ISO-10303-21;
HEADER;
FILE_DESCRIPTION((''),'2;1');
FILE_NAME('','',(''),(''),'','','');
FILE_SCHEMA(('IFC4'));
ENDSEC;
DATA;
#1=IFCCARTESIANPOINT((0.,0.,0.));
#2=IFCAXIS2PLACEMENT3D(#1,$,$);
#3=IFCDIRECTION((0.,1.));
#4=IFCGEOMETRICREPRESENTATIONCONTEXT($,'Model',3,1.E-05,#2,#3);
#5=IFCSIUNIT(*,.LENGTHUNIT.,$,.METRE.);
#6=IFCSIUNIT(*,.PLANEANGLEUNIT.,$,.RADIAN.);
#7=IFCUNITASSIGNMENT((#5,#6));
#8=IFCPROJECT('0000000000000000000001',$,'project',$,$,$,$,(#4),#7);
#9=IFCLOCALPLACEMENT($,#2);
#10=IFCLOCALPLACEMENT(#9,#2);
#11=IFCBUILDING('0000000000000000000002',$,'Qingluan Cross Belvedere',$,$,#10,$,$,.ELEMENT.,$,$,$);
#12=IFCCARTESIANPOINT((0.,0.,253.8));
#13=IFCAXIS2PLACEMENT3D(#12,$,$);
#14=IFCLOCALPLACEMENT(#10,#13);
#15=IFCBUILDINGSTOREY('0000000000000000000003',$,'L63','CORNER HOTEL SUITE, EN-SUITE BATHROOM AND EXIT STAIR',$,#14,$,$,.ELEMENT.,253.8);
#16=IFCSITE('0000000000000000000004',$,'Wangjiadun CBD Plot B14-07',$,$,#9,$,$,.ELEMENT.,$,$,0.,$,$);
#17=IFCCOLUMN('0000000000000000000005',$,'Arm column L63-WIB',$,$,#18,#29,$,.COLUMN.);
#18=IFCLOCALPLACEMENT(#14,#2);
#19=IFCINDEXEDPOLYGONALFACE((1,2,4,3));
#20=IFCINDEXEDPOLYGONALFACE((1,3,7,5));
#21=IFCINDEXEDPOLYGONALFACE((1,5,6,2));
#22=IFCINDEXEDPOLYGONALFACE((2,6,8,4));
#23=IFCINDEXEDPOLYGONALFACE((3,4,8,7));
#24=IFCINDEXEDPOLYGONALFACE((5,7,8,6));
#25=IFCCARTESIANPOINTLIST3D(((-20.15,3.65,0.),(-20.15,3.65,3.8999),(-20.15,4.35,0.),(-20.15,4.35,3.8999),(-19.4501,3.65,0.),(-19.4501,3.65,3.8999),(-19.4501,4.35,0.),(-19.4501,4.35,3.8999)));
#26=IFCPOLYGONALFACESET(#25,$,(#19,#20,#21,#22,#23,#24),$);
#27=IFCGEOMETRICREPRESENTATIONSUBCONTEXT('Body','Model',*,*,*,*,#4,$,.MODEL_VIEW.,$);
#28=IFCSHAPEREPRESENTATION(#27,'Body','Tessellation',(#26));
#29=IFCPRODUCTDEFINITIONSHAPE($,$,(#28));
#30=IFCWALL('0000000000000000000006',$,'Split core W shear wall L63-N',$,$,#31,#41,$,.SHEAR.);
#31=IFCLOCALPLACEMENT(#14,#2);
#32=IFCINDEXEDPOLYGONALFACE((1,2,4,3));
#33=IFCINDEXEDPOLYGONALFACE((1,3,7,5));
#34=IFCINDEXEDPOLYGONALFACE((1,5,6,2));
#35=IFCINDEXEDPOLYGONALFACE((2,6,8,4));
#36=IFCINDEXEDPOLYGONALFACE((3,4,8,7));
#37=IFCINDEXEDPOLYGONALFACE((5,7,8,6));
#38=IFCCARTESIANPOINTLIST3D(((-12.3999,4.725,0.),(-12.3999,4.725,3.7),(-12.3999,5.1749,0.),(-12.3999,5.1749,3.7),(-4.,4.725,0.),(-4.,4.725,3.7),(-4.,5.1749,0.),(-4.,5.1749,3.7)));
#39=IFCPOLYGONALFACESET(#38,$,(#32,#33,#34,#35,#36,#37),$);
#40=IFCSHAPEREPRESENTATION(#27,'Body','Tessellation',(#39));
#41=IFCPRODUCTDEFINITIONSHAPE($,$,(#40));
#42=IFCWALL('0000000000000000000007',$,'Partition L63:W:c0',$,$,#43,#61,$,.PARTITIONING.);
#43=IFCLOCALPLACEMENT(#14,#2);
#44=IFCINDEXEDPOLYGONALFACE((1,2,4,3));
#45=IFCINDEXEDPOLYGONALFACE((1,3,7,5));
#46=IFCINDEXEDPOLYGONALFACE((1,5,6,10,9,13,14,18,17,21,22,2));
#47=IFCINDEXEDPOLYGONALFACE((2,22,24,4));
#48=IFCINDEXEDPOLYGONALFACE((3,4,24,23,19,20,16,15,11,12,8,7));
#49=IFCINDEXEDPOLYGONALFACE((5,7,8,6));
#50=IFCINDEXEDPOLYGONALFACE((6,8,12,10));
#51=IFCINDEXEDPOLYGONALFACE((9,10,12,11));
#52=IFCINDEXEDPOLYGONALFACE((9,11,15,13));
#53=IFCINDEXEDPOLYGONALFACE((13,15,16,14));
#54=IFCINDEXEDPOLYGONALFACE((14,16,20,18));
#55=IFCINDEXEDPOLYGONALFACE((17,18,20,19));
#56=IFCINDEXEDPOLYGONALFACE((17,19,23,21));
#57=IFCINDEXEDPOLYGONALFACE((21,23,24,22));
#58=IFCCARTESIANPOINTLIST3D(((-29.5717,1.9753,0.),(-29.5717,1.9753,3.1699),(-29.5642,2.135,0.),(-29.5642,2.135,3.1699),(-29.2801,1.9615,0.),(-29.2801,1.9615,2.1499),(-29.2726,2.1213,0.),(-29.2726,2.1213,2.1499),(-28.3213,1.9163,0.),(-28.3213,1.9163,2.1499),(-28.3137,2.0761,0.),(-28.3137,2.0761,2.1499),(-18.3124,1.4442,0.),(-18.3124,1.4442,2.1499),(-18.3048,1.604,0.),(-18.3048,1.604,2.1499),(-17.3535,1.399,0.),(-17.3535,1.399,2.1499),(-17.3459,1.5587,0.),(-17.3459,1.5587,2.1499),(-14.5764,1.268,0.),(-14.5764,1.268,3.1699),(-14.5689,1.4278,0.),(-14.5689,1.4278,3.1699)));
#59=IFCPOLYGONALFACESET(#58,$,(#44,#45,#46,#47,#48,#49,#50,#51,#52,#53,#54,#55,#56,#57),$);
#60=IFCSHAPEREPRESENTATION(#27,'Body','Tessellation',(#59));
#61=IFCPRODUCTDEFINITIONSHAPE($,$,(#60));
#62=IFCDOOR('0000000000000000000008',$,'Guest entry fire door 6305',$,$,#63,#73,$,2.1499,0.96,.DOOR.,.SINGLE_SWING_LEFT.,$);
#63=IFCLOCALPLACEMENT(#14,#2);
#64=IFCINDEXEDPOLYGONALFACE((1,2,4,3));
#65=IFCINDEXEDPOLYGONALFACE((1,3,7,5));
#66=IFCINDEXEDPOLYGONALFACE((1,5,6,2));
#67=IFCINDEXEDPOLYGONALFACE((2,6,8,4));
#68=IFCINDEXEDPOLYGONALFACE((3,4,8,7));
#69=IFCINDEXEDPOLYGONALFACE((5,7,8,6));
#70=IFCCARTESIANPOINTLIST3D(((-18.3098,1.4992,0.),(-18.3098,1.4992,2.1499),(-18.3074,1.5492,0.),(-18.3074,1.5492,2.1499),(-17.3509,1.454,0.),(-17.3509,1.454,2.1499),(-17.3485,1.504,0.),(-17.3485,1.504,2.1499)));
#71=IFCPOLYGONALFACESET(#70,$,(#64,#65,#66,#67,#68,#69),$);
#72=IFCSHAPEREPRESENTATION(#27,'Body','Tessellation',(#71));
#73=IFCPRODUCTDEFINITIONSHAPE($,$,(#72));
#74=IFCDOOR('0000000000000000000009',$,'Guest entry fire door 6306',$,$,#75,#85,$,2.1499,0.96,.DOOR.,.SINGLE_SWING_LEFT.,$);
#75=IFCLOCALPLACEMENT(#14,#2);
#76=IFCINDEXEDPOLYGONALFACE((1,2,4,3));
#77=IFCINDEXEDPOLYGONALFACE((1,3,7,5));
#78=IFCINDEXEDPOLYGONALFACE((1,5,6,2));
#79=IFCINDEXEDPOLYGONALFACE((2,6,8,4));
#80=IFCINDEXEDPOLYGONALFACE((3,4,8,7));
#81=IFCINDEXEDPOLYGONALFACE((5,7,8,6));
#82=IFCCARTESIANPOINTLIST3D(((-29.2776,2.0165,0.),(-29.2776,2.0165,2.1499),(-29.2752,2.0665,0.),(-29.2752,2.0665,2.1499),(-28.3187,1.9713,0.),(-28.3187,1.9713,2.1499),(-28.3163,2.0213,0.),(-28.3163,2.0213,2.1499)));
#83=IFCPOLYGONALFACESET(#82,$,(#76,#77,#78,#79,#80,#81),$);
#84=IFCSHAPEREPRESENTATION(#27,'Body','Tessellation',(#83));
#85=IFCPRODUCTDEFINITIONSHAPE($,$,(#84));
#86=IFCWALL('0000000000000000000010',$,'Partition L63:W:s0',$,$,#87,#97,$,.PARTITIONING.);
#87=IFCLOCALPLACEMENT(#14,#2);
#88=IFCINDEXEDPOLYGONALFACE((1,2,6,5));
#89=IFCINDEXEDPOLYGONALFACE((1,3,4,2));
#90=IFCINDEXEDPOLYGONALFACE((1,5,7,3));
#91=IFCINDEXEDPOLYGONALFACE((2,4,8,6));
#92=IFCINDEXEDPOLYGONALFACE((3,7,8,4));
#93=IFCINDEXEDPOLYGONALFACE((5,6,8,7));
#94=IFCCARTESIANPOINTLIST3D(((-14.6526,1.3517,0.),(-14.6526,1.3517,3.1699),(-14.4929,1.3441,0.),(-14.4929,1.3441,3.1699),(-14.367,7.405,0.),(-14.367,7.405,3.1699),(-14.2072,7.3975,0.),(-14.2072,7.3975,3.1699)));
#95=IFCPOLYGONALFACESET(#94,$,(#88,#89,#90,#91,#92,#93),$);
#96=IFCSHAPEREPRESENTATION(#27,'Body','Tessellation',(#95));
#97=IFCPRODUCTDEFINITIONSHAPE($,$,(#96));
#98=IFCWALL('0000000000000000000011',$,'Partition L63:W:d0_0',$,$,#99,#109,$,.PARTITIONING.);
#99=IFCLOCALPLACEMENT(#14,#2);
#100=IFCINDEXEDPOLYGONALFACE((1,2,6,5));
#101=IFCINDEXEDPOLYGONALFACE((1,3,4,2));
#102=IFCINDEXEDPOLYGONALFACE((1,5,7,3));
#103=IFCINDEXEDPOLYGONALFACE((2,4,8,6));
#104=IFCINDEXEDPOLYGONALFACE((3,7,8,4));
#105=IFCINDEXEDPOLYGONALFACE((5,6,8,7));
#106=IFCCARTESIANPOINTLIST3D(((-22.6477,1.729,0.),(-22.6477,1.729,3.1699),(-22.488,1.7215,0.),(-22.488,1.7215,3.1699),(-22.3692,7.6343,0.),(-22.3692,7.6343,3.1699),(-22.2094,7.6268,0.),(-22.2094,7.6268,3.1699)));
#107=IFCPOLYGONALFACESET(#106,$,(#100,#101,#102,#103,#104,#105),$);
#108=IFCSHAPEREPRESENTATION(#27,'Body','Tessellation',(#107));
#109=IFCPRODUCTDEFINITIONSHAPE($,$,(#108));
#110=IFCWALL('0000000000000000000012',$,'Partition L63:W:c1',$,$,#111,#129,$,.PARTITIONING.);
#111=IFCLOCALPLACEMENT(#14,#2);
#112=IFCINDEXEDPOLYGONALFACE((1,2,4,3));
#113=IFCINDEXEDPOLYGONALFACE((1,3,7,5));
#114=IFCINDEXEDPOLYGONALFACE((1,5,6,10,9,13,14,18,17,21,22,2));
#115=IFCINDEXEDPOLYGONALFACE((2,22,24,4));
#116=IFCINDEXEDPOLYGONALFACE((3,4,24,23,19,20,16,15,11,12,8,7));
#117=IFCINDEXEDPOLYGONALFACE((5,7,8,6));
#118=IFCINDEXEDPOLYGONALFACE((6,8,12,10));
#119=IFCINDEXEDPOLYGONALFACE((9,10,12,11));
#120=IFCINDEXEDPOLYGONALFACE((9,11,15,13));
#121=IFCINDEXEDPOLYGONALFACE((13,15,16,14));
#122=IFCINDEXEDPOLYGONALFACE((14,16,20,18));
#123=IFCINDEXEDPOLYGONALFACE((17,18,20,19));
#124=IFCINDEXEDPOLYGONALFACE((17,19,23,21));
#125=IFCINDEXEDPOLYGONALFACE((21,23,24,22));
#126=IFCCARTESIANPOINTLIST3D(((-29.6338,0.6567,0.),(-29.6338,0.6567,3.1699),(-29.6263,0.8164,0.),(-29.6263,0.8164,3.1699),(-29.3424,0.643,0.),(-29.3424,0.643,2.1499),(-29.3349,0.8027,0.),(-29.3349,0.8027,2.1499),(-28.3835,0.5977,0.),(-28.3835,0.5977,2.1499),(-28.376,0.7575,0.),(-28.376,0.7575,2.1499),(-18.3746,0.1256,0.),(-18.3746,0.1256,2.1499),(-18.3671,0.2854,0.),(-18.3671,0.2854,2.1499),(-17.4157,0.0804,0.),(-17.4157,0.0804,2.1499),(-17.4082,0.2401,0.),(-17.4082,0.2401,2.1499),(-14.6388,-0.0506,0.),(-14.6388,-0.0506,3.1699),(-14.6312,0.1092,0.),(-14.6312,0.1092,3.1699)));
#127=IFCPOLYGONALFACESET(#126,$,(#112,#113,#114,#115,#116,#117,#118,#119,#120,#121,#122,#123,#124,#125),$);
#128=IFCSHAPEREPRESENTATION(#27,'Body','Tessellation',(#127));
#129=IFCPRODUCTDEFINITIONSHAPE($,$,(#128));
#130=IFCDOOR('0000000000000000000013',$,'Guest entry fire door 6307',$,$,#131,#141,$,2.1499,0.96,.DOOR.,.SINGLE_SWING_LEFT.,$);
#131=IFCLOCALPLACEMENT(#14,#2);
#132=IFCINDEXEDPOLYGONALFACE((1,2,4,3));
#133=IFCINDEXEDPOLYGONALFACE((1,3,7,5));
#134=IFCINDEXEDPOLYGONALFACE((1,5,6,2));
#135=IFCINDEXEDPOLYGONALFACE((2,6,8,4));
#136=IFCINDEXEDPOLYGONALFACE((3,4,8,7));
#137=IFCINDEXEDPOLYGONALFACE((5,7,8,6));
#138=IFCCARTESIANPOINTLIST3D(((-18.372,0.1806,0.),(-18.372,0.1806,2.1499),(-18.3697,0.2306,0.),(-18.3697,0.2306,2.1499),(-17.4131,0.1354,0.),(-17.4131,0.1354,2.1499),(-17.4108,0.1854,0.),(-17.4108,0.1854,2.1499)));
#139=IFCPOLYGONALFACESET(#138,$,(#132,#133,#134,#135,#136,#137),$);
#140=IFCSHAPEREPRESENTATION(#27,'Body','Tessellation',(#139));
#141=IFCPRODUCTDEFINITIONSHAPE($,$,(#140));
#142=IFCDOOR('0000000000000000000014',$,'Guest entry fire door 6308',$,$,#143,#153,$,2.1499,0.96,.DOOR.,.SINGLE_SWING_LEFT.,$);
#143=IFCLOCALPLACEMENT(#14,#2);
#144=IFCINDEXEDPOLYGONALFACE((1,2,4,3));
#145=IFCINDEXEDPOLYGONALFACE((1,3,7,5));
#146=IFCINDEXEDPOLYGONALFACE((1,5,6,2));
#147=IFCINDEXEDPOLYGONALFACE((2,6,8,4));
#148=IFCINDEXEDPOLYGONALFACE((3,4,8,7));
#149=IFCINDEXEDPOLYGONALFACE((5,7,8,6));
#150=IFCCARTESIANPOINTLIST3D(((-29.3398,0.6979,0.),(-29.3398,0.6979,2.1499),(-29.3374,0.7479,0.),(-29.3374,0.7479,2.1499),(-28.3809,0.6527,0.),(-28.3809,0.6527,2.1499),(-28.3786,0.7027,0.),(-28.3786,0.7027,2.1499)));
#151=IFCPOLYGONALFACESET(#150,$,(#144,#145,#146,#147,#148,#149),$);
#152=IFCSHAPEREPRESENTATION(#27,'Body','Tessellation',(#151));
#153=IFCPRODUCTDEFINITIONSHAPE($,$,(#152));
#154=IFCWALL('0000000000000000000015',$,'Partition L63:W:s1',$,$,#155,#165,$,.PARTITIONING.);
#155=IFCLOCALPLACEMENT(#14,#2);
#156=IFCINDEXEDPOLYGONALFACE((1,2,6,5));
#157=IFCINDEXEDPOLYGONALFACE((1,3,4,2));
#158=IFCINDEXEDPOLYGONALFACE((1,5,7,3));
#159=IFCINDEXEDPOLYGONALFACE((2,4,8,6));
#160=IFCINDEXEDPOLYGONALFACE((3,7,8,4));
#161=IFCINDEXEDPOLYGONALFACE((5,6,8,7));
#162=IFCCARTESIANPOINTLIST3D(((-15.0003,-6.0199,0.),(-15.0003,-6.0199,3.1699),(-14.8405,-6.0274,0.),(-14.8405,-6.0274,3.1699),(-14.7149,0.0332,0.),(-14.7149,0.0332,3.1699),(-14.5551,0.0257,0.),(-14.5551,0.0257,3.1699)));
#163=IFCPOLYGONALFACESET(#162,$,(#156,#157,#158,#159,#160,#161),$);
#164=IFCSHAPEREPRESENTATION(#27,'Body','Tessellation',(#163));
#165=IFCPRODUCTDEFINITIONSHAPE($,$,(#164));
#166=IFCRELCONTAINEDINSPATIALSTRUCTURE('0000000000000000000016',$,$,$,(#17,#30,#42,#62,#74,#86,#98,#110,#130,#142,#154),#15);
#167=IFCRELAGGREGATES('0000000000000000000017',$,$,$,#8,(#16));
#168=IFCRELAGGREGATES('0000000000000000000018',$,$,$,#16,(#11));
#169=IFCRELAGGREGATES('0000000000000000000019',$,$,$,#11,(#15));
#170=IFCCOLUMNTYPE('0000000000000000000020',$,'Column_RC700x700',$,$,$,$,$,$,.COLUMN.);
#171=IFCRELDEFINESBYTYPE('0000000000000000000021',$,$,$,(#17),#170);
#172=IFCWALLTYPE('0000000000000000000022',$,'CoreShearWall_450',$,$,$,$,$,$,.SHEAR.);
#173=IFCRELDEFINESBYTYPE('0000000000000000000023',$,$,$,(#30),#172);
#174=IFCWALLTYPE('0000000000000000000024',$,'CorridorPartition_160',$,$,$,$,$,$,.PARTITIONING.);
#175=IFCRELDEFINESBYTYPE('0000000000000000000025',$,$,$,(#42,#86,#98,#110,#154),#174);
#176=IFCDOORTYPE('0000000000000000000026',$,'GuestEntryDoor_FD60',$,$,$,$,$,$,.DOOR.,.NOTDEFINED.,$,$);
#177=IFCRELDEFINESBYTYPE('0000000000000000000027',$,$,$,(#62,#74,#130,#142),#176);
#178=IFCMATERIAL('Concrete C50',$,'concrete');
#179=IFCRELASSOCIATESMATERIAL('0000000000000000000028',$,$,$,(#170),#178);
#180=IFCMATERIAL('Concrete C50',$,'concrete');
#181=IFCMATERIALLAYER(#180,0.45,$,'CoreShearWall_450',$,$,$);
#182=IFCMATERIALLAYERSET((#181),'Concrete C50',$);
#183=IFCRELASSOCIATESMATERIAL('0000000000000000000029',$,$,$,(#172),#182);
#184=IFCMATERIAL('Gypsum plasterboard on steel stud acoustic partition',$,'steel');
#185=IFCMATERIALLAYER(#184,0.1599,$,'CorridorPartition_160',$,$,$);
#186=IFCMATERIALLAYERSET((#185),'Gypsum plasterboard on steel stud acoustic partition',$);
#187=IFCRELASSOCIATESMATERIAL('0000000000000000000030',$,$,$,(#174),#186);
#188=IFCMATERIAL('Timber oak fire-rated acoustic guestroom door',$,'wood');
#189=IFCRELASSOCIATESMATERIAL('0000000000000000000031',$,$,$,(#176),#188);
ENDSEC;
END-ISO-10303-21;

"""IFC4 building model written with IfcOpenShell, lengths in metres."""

from ifc_helpers import new_model, si_unit, direction, frame, frame_2d, origin, origin_2d, place, context, subcontext, project, spatial, rectangle, extrude, material, layer, layer_set, material_profile, profile_set, type_object, element, fill, save


model = new_model("IFC4")

# Units and contexts
model_context = context("Model", 3, precision=1e-05, world=origin(), true_north=direction((0.0, 1.0)))
body_context = subcontext(model_context, "Body", "Model", "MODEL_VIEW")
ifc_project = project(units=[si_unit("LENGTHUNIT", "METRE"), si_unit("PLANEANGLEUNIT", "RADIAN")], contexts=[model_context])

# Site, building, storey
site_placement = place(None, origin())
site = spatial("IfcSite", under=ifc_project, at=site_placement, Name="Wangjiadun CBD Plot B14-07", CompositionType="ELEMENT", RefElevation=0.0)
building_placement = place(site_placement, origin())
building = spatial("IfcBuilding", under=site, at=building_placement, Name="Qingluan Cross Belvedere", CompositionType="ELEMENT")
storey_placement = place(building_placement, frame((0.0, 0.0, 253.8)))
storey = spatial("IfcBuildingStorey", under=building, at=storey_placement, Name="L63", Description="CORNER HOTEL SUITE, EN-SUITE BATHROOM AND EXIT STAIR", CompositionType="ELEMENT", Elevation=253.8)

# Column
ifc_material_1 = material(Name="Concrete C50", Category="concrete")
ifc_material_profile = material_profile(ifc_material_1, rectangle(XDim=0.7, YDim=0.7, at=origin_2d()), Name="RC700x700")
ifc_profile_set = profile_set([ifc_material_profile], Name="Concrete C50")
column_type = type_object("IfcColumnType", Name="Column_RC700x700", PredefinedType="COLUMN", material=ifc_profile_set)
column_placement = place(storey_placement, frame((-19.8, 4.0, 0.0), z_axis=(0.0, 0.0, 1.0), x_axis=(1.0, 0.0, 0.0)))
element("IfcColumn", 1, at=column_placement, inside=storey, type_object=column_type, Name="Arm column L63-WIB", PredefinedType="COLUMN", context=body_context, shape_type="SweptSolid", body=[
    extrude(rectangle(XDim=0.7, YDim=0.7, at=origin_2d()), origin(), (0.0, 0.0, 1.0), 3.8999),
])

# Wall
ifc_material_2 = material(Name="Concrete C50", Category="concrete")
ifc_layer_1 = layer(ifc_material_2, 0.45, Name="CoreShearWall_450")
ifc_layer_set_1 = layer_set([ifc_layer_1], Name="Concrete C50")
wall_type_1 = type_object("IfcWallType", Name="CoreShearWall_450", PredefinedType="SHEAR", material=ifc_layer_set_1)
wall_1_placement = place(storey_placement, frame((-12.3999, 4.95, 0.0), z_axis=(0.0, 0.0, 1.0), x_axis=(1.0, 0.0, 0.0)))
element("IfcWall", 2, at=wall_1_placement, inside=storey, type_object=wall_type_1, Name="Split core W shear wall L63-N", PredefinedType="SHEAR", context=body_context, shape_type="SweptSolid", body=[
    extrude(rectangle(XDim=8.3999, YDim=0.45, at=frame_2d((4.2, 0.0))), origin(), (0.0, 0.0, 1.0), 3.7),
])

# Wall, openings, doors
ifc_material_3 = material(Name="Gypsum plasterboard on steel stud acoustic partition", Category="steel")
ifc_layer_2 = layer(ifc_material_3, 0.1599, Name="CorridorPartition_160")
ifc_layer_set_2 = layer_set([ifc_layer_2], Name="Gypsum plasterboard on steel stud acoustic partition")
wall_type_2 = type_object("IfcWallType", Name="CorridorPartition_160", PredefinedType="PARTITIONING", material=ifc_layer_set_2)
wall_2_placement = place(storey_placement, frame((-14.5728, 1.3479, 0.0), z_axis=(0.0, 0.0, 1.0), x_axis=(-0.99889, 0.047114, 0.0)))
wall_2 = element("IfcWall", 3, at=wall_2_placement, inside=storey, type_object=wall_type_2, Name="Partition L63:W:c0", PredefinedType="PARTITIONING", context=body_context, shape_type="SweptSolid", body=[
    extrude(rectangle(XDim=15.012, YDim=0.1599, at=frame_2d((7.5059, 0.0))), origin(), (0.0, 0.0, 1.0), 3.1699),
])
opening_1_placement = place(wall_2_placement, frame((2.78, 0.0, 0.0)))
opening_1 = element("IfcOpeningElement", 4, at=opening_1_placement, cuts=wall_2, PredefinedType="OPENING", context=body_context, shape_type="SweptSolid", body=[
    extrude(rectangle(XDim=0.96, YDim=2.1499, at=frame_2d((0.48, 1.075))), frame((0.0, 0.0898, 0.0), z_axis=(0.0, -1.0, 0.0), x_axis=(1.0, 0.0, 0.0)), (0.0, 0.0, 1.0), 0.1799),
])
opening_2_placement = place(wall_2_placement, frame((13.76, 0.0, 0.0)))
opening_2 = element("IfcOpeningElement", 5, at=opening_2_placement, cuts=wall_2, PredefinedType="OPENING", context=body_context, shape_type="SweptSolid", body=[
    extrude(rectangle(XDim=0.96, YDim=2.1499, at=frame_2d((0.48, 1.075))), frame((0.0, 0.0898, 0.0), z_axis=(0.0, -1.0, 0.0), x_axis=(1.0, 0.0, 0.0)), (0.0, 0.0, 1.0), 0.1799),
])
ifc_material_4 = material(Name="Timber oak fire-rated acoustic guestroom door", Category="wood")
door_type_1 = type_object("IfcDoorType", Name="GuestEntryDoor_FD60", OperationType="NOTDEFINED", PredefinedType="DOOR", material=ifc_material_4)
door_1_placement = place(opening_1_placement, origin())
door_1 = element("IfcDoor", 6, at=door_1_placement, inside=storey, type_object=door_type_1, Name="Guest entry fire door 6305", OperationType="SINGLE_SWING_LEFT", OverallHeight=2.1499, OverallWidth=0.96, PredefinedType="DOOR", context=body_context, shape_type="SweptSolid", body=[
    extrude(rectangle(XDim=0.96, YDim=2.1499, at=frame_2d((0.48, 1.075))), frame((0.0, 0.0249, 0.0), z_axis=(0.0, -1.0, 0.0), x_axis=(1.0, 0.0, 0.0)), (0.0, 0.0, 1.0), 0.05),
])
fill(opening_1, door_1)
door_2_placement = place(opening_2_placement, origin())
door_2 = element("IfcDoor", 7, at=door_2_placement, inside=storey, type_object=door_type_1, Name="Guest entry fire door 6306", OperationType="SINGLE_SWING_LEFT", OverallHeight=2.1499, OverallWidth=0.96, PredefinedType="DOOR", context=body_context, shape_type="SweptSolid", body=[
    extrude(rectangle(XDim=0.96, YDim=2.1499, at=frame_2d((0.48, 1.075))), frame((0.0, 0.0249, 0.0), z_axis=(0.0, -1.0, 0.0), x_axis=(1.0, 0.0, 0.0)), (0.0, 0.0, 1.0), 0.05),
])
fill(opening_2, door_2)

# Walls
wall_3_placement = place(storey_placement, frame((-14.5728, 1.3479, 0.0), z_axis=(0.0, 0.0, 1.0), x_axis=(0.047136, 0.998888, 0.0)))
element("IfcWall", 8, at=wall_3_placement, inside=storey, type_object=wall_type_2, Name="Partition L63:W:s0", PredefinedType="PARTITIONING", context=body_context, shape_type="SweptSolid", body=[
    extrude(rectangle(XDim=6.0601, YDim=0.1599, at=frame_2d((3.03, 0.0))), origin(), (0.0, 0.0, 1.0), 3.1699),
])
wall_4_placement = place(storey_placement, frame((-22.5679, 1.7251, 0.0), z_axis=(0.0, 0.0, 1.0), x_axis=(0.04712, 0.998889, 0.0)))
element("IfcWall", 9, at=wall_4_placement, inside=storey, type_object=wall_type_2, Name="Partition L63:W:d0_0", PredefinedType="PARTITIONING", context=body_context, shape_type="SweptSolid", body=[
    extrude(rectangle(XDim=5.9119, YDim=0.1599, at=frame_2d((2.9561, 0.0))), origin(), (0.0, 0.0, 1.0), 3.1699),
])

# Wall, openings, doors
wall_5_placement = place(storey_placement, frame((-14.635, 0.0293, 0.0), z_axis=(0.0, 0.0, 1.0), x_axis=(-0.998889, 0.047115, 0.0)))
wall_5 = element("IfcWall", 10, at=wall_5_placement, inside=storey, type_object=wall_type_2, Name="Partition L63:W:c1", PredefinedType="PARTITIONING", context=body_context, shape_type="SweptSolid", body=[
    extrude(rectangle(XDim=15.0117, YDim=0.1599, at=frame_2d((7.5059, 0.0))), origin(), (0.0, 0.0, 1.0), 3.1699),
])
opening_3_placement = place(wall_5_placement, frame((2.78, 0.0, 0.0)))
opening_3 = element("IfcOpeningElement", 11, at=opening_3_placement, cuts=wall_5, PredefinedType="OPENING", context=body_context, shape_type="SweptSolid", body=[
    extrude(rectangle(XDim=0.96, YDim=2.1499, at=frame_2d((0.48, 1.075))), frame((0.0, 0.0898, 0.0), z_axis=(0.0, -1.0, 0.0), x_axis=(1.0, 0.0, 0.0)), (0.0, 0.0, 1.0), 0.1799),
])
opening_4_placement = place(wall_5_placement, frame((13.76, 0.0, 0.0)))
opening_4 = element("IfcOpeningElement", 12, at=opening_4_placement, cuts=wall_5, PredefinedType="OPENING", context=body_context, shape_type="SweptSolid", body=[
    extrude(rectangle(XDim=0.96, YDim=2.1499, at=frame_2d((0.48, 1.075))), frame((0.0, 0.0898, 0.0), z_axis=(0.0, -1.0, 0.0), x_axis=(1.0, 0.0, 0.0)), (0.0, 0.0, 1.0), 0.1799),
])
door_3_placement = place(opening_3_placement, origin())
door_3 = element("IfcDoor", 13, at=door_3_placement, inside=storey, type_object=door_type_1, Name="Guest entry fire door 6307", OperationType="SINGLE_SWING_LEFT", OverallHeight=2.1499, OverallWidth=0.96, PredefinedType="DOOR", context=body_context, shape_type="SweptSolid", body=[
    extrude(rectangle(XDim=0.96, YDim=2.1499, at=frame_2d((0.48, 1.075))), frame((0.0, 0.0249, 0.0), z_axis=(0.0, -1.0, 0.0), x_axis=(1.0, 0.0, 0.0)), (0.0, 0.0, 1.0), 0.05),
])
fill(opening_3, door_3)
door_4_placement = place(opening_4_placement, origin())
door_4 = element("IfcDoor", 14, at=door_4_placement, inside=storey, type_object=door_type_1, Name="Guest entry fire door 6308", OperationType="SINGLE_SWING_LEFT", OverallHeight=2.1499, OverallWidth=0.96, PredefinedType="DOOR", context=body_context, shape_type="SweptSolid", body=[
    extrude(rectangle(XDim=0.96, YDim=2.1499, at=frame_2d((0.48, 1.075))), frame((0.0, 0.0249, 0.0), z_axis=(0.0, -1.0, 0.0), x_axis=(1.0, 0.0, 0.0)), (0.0, 0.0, 1.0), 0.05),
])
fill(opening_4, door_4)

# Wall
wall_6_placement = place(storey_placement, frame((-14.635, 0.0293, 0.0), z_axis=(0.0, 0.0, 1.0), x_axis=(-0.047098, -0.99889, 0.0)))
element("IfcWall", 15, at=wall_6_placement, inside=storey, type_object=wall_type_2, Name="Partition L63:W:s1", PredefinedType="PARTITIONING", context=body_context, shape_type="SweptSolid", body=[
    extrude(rectangle(XDim=6.0598, YDim=0.1599, at=frame_2d((3.0298, 0.0))), origin(), (0.0, 0.0, 1.0), 3.1699),
])

save(model, "model.ifc")
